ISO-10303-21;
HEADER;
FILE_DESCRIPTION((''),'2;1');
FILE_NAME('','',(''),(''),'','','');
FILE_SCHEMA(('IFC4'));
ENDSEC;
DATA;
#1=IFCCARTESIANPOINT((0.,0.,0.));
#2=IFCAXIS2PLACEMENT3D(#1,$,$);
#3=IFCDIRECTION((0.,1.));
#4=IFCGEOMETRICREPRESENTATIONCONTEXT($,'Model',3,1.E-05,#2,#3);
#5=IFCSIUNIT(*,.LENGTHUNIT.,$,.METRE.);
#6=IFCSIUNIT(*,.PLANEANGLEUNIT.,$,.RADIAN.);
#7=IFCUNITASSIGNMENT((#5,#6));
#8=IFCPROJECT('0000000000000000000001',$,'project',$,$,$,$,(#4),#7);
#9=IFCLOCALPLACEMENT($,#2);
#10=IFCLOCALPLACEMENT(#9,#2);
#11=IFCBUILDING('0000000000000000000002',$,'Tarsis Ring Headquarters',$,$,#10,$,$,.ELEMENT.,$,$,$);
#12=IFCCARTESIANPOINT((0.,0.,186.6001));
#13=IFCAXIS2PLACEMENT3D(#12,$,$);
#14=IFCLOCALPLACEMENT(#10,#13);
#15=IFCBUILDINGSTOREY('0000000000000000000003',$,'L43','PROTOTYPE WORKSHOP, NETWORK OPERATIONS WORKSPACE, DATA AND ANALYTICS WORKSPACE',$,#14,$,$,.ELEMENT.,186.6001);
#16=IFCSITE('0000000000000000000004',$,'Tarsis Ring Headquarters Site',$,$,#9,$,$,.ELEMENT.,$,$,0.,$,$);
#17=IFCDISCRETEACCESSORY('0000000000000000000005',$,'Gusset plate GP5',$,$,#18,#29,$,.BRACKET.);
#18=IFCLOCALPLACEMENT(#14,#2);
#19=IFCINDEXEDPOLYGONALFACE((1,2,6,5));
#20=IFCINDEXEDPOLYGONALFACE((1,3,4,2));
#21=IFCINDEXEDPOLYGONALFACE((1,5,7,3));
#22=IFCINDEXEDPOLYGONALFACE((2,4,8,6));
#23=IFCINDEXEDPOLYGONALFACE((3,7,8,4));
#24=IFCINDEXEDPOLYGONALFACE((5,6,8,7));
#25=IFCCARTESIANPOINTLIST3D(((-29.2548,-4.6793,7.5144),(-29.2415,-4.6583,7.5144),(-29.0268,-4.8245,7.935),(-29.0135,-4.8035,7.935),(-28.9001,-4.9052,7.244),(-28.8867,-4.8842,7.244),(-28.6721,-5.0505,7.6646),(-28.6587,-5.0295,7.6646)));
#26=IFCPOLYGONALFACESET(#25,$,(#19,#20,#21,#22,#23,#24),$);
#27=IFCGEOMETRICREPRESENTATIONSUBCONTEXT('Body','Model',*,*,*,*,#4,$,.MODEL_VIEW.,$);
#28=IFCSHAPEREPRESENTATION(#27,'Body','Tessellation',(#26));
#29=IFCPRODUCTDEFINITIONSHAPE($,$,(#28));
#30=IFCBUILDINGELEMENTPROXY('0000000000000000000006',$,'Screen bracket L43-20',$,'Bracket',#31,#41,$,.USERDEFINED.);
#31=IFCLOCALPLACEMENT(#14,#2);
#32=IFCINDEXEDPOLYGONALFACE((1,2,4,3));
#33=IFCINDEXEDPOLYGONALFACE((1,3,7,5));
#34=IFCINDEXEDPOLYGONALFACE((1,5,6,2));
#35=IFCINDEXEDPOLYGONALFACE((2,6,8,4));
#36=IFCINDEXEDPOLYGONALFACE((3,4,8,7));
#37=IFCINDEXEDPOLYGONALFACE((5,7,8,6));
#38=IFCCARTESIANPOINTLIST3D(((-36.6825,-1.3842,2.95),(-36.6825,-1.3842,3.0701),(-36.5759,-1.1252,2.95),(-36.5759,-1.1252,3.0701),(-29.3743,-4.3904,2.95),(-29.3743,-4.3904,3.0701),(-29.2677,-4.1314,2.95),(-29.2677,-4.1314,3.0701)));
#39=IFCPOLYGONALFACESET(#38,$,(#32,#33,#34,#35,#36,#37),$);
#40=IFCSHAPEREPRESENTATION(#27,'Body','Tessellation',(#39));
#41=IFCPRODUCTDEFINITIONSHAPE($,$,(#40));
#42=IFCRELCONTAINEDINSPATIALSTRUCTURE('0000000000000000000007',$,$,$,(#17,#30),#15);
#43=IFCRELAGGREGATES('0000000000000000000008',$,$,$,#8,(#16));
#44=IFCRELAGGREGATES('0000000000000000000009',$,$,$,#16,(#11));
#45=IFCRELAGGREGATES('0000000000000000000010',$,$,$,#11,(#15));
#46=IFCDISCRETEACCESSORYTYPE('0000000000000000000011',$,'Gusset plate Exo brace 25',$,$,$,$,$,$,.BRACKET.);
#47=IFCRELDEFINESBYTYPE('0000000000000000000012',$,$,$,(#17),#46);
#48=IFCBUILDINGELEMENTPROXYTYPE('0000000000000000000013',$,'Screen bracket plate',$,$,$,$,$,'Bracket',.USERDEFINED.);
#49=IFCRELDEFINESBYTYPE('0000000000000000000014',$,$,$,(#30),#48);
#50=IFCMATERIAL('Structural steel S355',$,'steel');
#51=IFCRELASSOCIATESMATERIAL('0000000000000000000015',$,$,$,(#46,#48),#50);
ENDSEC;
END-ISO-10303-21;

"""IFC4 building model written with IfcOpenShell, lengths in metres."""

from ifc_helpers import new_model, si_unit, direction, frame, origin, origin_2d, place, context, subcontext, project, spatial, rectangle, extrude, material, material_profile, profile_set, type_object, element, save


model = new_model("IFC4")

# Units and contexts
model_context = context("Model", 3, precision=1e-05, world=origin(), true_north=direction((0.0, 1.0)))
body_context = subcontext(model_context, "Body", "Model", "MODEL_VIEW")
ifc_project = project(units=[si_unit("LENGTHUNIT", "METRE"), si_unit("PLANEANGLEUNIT", "RADIAN")], contexts=[model_context])

# Site, building, storey
site_placement = place(None, origin())
site = spatial("IfcSite", under=ifc_project, at=site_placement, Name="Tarsis Ring Headquarters Site", CompositionType="ELEMENT", RefElevation=0.0)
building_placement = place(site_placement, origin())
building = spatial("IfcBuilding", under=site, at=building_placement, Name="Tarsis Ring Headquarters", CompositionType="ELEMENT")
storey_placement = place(building_placement, frame((0.0, 0.0, 186.6001)))
storey = spatial("IfcBuildingStorey", under=building, at=storey_placement, Name="L43", Description="PROTOTYPE WORKSHOP, NETWORK OPERATIONS WORKSPACE, DATA AND ANALYTICS WORKSPACE", CompositionType="ELEMENT", Elevation=186.6001)

# Shared definitions
ifc_material_1 = material(Name="Structural steel S355", Category="steel")

# Discrete accessory
ifc_material_profile_1 = material_profile(ifc_material_1, rectangle(XDim=0.0249, YDim=0.5, at=origin_2d()), Name="PL 25x500")
ifc_profile_set_1 = profile_set([ifc_material_profile_1], Name="Structural steel S355")
discrete_accessory_type = type_object("IfcDiscreteAccessoryType", Name="Gusset plate Exo brace 25", PredefinedType="BRACKET", material=ifc_profile_set_1)
discrete_accessory_placement = place(storey_placement, frame((-28.8428, -4.927, 7.7998), z_axis=(-0.456011, 0.290499, -0.841228), x_axis=(-0.537284, -0.843401, 0.0)))
element("IfcDiscreteAccessory", 1, at=discrete_accessory_placement, inside=storey, type_object=discrete_accessory_type, Name="Gusset plate GP5", PredefinedType="BRACKET", context=body_context, shape_type="SweptSolid", body=[
    extrude(rectangle(XDim=0.0249, YDim=0.5, at=origin_2d()), origin(), (0.0, 0.0, 1.0), 0.5),
])

# Building element proxy
building_element_proxy_type = type_object("IfcBuildingElementProxyType", Name="Screen bracket plate", ElementType="Bracket", PredefinedType="USERDEFINED", material=ifc_material_1)
proxy_placement = place(storey_placement, frame((-32.9751, -2.7578, 2.95), z_axis=(0.0, 0.0, 1.0), x_axis=(0.924812, -0.380425, 0.0)))
element("IfcBuildingElementProxy", 2, at=proxy_placement, inside=storey, type_object=building_element_proxy_type, Name="Screen bracket L43-20", ObjectType="Bracket", PredefinedType="USERDEFINED", context=body_context, shape_type="SweptSolid", body=[
    extrude(rectangle(XDim=7.9023, YDim=0.28, at=origin_2d()), origin(), (0.0, 0.0, 1.0), 0.1201),
])

save(model, "model.ifc")
